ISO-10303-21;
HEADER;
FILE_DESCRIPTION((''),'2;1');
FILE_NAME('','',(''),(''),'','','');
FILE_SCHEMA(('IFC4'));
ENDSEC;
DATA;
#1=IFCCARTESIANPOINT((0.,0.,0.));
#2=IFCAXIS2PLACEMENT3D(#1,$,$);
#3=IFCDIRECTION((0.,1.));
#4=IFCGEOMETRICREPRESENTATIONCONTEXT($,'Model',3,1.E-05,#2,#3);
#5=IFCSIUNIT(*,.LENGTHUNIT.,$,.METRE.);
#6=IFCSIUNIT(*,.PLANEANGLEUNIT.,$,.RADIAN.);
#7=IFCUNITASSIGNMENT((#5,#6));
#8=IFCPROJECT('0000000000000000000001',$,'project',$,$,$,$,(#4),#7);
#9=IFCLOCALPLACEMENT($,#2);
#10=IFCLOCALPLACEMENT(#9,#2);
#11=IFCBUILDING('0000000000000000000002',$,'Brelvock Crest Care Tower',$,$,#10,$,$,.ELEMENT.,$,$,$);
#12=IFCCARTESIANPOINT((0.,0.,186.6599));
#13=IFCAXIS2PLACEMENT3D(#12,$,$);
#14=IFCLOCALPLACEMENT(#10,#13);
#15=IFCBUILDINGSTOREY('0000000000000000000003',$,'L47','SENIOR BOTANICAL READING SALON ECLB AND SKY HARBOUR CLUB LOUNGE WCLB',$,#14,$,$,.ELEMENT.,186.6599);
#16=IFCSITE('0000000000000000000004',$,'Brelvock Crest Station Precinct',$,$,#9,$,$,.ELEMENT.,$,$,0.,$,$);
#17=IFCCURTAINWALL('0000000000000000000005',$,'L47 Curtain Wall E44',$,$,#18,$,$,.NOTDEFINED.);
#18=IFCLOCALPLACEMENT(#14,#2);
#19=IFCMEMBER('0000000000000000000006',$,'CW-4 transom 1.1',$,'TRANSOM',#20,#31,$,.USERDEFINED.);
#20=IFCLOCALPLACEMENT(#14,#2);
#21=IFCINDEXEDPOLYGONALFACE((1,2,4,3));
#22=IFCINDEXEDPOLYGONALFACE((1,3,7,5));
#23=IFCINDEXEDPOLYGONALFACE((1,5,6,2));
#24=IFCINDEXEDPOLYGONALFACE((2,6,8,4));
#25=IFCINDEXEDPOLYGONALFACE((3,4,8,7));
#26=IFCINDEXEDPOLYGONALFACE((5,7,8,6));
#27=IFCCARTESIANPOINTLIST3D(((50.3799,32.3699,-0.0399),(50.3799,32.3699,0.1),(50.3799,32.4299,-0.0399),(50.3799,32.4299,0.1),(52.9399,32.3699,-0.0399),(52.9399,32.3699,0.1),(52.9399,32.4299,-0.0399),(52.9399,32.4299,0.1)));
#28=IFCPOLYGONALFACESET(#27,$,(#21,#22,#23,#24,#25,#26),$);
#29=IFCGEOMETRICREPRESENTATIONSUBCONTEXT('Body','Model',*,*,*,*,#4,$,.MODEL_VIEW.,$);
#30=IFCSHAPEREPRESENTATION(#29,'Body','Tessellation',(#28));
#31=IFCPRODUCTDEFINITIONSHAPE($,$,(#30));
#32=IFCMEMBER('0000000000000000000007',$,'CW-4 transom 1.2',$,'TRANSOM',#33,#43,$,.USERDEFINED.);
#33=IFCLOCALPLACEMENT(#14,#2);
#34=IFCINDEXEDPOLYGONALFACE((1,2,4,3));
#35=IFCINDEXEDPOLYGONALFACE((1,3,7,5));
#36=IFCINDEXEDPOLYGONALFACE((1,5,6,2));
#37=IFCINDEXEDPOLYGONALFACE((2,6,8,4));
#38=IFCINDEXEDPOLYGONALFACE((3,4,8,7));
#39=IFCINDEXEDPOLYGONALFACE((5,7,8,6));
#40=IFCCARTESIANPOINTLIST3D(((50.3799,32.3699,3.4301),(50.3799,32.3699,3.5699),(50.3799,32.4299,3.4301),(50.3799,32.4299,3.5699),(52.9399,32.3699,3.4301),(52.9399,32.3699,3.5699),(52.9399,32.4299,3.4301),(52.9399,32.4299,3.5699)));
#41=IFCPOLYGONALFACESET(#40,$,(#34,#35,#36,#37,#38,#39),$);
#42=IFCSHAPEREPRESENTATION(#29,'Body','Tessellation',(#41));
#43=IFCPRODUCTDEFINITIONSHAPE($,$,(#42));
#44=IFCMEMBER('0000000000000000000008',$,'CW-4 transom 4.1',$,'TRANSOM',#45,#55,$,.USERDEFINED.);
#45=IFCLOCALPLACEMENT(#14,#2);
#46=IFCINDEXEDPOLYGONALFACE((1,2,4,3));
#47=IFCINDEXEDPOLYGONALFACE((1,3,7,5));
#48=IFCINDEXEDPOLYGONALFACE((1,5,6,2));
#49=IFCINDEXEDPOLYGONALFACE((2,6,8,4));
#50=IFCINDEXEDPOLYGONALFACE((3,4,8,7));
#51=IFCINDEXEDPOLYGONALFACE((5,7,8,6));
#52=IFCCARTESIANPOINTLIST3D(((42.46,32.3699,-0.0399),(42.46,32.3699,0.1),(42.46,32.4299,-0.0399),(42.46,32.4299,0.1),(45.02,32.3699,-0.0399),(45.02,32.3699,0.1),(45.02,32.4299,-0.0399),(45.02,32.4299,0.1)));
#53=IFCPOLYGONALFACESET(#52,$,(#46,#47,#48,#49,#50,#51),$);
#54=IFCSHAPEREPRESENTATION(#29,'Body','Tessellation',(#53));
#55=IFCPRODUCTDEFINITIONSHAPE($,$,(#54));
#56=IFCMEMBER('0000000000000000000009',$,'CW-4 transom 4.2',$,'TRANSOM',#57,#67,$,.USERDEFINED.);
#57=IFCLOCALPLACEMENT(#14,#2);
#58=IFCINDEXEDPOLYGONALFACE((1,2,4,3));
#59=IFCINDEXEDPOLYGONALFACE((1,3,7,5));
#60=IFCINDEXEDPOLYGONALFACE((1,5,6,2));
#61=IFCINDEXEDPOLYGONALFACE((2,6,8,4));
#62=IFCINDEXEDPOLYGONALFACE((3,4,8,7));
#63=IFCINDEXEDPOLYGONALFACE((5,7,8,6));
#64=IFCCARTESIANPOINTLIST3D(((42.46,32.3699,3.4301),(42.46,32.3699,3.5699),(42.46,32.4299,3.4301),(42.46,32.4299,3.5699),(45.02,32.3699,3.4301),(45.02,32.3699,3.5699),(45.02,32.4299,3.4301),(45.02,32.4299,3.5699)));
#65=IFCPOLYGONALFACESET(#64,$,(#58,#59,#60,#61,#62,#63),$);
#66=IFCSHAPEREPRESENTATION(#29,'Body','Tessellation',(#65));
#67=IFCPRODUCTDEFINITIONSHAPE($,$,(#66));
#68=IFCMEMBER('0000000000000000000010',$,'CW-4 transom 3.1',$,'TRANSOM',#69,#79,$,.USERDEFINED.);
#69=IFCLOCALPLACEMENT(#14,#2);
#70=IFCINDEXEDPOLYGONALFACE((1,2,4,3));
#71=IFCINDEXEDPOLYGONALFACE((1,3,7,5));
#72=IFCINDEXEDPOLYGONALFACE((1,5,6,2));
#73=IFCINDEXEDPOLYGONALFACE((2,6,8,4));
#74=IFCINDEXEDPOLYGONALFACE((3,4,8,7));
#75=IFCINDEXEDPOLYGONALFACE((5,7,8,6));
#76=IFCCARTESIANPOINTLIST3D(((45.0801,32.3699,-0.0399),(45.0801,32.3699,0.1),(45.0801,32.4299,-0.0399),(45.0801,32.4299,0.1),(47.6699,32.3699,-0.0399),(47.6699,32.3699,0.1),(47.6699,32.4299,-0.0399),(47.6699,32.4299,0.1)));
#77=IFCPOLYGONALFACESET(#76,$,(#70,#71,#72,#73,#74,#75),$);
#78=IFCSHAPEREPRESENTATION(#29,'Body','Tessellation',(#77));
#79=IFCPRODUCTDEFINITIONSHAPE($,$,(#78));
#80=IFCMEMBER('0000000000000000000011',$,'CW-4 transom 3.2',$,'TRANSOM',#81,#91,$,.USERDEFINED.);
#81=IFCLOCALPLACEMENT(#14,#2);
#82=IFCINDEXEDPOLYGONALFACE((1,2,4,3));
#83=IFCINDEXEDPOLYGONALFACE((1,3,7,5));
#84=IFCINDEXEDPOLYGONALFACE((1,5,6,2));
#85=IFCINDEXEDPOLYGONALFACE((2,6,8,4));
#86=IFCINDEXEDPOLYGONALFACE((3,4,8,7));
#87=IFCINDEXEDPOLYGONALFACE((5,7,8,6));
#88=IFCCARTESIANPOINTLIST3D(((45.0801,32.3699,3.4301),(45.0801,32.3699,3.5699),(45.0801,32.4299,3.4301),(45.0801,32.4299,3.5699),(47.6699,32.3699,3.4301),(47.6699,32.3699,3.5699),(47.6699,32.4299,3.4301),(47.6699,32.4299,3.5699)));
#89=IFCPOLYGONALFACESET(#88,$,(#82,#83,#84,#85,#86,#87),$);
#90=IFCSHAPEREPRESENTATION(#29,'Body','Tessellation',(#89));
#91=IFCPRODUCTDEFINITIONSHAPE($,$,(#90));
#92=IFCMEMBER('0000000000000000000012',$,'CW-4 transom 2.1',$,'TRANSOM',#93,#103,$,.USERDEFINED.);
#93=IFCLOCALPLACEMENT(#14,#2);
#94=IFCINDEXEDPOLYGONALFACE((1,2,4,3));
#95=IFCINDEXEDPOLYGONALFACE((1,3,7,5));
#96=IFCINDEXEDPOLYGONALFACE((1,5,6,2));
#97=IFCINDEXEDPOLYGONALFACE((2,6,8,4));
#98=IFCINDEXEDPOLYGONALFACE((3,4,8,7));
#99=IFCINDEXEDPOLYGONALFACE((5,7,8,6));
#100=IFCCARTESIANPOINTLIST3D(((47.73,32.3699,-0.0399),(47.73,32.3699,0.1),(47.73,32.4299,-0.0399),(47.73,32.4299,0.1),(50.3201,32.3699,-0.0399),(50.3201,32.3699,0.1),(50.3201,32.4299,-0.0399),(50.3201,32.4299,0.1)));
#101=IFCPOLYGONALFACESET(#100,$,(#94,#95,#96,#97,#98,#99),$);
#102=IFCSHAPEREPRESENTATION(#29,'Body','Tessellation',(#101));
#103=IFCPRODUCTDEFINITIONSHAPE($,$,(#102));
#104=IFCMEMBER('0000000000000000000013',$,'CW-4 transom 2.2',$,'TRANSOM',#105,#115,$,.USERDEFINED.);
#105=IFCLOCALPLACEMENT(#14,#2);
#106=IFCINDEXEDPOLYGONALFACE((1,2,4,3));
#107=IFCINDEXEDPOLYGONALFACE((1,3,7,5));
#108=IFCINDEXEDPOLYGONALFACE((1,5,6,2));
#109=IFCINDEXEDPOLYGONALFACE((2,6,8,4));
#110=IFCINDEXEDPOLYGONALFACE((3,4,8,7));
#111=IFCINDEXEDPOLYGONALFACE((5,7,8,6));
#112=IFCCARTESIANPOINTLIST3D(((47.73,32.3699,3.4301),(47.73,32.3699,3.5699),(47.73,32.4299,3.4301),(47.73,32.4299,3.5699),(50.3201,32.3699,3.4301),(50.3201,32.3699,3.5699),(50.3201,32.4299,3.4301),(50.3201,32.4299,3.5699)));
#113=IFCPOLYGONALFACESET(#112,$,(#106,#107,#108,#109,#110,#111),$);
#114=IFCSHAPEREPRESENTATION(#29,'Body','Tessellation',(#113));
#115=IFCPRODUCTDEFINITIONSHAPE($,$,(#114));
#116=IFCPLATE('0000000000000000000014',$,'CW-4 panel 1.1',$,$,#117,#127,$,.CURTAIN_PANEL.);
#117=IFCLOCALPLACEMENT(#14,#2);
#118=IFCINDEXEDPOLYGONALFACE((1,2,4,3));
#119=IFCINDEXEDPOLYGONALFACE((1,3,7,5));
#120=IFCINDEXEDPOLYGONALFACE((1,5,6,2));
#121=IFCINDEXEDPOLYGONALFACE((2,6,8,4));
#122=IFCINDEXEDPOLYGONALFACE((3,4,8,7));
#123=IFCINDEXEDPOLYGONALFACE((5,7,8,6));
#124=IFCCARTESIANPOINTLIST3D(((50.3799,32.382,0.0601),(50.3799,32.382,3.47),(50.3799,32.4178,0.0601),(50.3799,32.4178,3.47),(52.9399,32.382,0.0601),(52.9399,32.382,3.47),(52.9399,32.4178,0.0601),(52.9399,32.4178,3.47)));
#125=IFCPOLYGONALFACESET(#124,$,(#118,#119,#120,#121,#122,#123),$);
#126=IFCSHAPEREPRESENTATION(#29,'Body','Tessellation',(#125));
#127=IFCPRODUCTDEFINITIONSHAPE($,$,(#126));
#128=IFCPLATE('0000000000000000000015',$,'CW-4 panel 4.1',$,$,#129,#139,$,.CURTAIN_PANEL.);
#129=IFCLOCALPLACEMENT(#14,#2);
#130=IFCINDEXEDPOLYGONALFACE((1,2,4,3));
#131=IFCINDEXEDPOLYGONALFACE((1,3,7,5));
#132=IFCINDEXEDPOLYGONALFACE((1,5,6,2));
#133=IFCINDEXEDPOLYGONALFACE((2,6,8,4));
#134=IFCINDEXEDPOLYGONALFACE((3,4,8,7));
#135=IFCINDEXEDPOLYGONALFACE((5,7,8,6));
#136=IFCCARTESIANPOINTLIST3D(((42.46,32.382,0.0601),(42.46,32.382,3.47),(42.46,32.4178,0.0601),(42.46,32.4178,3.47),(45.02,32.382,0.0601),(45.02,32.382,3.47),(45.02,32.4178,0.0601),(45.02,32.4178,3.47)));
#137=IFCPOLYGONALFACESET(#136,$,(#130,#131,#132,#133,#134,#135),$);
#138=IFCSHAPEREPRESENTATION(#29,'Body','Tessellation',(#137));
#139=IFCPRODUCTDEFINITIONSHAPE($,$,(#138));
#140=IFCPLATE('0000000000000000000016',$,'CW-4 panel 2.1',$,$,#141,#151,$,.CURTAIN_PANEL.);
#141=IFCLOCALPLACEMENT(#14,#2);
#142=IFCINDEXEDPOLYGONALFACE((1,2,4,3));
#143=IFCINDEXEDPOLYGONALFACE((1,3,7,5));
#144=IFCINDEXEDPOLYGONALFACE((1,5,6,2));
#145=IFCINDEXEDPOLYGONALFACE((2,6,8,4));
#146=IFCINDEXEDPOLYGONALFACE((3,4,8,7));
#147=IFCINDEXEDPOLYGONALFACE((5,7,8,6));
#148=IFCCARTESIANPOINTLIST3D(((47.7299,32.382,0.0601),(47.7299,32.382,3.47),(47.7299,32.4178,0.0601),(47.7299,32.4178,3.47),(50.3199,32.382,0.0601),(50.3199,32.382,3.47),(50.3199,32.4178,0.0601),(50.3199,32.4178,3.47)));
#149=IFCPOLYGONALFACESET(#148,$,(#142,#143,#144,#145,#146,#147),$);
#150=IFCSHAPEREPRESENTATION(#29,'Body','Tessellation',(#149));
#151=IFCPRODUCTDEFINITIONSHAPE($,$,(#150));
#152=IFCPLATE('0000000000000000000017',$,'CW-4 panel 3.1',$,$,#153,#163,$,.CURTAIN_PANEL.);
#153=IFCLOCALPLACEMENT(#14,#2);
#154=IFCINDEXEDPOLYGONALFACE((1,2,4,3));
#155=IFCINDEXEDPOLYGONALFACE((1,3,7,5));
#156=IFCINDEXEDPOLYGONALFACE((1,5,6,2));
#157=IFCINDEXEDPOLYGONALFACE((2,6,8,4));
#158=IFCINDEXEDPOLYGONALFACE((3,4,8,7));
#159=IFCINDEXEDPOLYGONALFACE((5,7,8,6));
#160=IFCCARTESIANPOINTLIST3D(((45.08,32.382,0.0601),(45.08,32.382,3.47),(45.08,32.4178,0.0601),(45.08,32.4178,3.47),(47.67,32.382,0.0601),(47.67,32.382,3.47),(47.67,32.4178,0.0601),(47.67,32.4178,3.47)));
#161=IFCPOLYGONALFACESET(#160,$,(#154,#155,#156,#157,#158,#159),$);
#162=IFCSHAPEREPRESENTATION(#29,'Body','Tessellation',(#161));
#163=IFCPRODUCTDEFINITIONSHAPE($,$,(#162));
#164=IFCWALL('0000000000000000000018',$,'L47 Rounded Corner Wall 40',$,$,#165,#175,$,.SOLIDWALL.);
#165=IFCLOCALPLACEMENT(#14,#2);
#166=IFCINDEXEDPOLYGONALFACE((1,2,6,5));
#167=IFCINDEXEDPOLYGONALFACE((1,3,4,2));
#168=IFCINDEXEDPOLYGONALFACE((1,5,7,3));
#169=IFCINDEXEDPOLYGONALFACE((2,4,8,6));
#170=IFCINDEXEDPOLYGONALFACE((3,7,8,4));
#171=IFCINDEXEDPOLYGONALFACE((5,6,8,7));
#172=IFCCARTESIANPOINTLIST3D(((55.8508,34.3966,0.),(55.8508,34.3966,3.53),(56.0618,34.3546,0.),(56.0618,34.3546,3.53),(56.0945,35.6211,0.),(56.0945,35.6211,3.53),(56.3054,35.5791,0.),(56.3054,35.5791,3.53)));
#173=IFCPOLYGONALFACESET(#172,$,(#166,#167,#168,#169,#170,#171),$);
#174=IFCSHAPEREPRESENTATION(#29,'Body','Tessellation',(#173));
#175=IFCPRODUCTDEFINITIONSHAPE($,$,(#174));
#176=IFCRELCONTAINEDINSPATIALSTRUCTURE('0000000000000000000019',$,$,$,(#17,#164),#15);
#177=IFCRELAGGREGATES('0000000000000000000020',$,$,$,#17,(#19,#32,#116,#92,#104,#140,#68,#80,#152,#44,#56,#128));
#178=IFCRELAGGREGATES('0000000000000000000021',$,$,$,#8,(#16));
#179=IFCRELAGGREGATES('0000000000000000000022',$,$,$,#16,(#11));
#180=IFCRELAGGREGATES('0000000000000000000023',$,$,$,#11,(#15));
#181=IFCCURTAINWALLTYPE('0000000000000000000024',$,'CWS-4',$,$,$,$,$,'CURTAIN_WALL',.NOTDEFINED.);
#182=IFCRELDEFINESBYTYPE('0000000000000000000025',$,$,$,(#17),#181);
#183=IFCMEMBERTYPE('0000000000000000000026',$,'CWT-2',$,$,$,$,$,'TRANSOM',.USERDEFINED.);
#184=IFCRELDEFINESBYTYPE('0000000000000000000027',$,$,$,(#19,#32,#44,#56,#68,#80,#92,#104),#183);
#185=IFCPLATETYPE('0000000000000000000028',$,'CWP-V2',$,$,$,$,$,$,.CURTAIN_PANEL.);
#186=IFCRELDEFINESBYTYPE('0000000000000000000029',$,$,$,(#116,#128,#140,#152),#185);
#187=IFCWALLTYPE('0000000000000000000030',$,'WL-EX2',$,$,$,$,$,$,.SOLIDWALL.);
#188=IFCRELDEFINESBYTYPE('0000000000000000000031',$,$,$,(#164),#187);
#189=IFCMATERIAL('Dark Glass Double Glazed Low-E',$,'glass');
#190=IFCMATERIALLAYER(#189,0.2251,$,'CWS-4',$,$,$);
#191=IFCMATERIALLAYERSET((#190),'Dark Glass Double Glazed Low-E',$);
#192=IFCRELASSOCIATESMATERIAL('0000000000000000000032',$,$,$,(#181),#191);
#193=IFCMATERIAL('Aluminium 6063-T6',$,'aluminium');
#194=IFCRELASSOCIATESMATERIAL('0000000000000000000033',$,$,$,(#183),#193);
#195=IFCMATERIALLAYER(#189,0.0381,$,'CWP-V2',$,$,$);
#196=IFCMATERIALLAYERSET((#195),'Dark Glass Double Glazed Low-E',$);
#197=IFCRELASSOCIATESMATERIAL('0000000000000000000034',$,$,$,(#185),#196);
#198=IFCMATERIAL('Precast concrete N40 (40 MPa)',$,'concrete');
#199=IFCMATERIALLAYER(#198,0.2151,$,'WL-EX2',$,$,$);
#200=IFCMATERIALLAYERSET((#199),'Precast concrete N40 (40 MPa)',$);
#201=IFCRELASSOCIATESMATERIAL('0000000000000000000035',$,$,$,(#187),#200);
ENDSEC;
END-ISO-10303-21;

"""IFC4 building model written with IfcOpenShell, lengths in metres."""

from ifc_helpers import new_model, si_unit, direction, frame, frame_2d, origin, origin_2d, place, context, subcontext, project, spatial, rectangle, extrude, source, transform, mapped, material, layer, layer_set, material_profile, profile_set, type_object, element, aggregate, save


model = new_model("IFC4")

# Units and contexts
model_context = context("Model", 3, precision=1e-05, world=origin(), true_north=direction((0.0, 1.0)))
body_context = subcontext(model_context, "Body", "Model", "MODEL_VIEW")
ifc_project = project(units=[si_unit("LENGTHUNIT", "METRE"), si_unit("PLANEANGLEUNIT", "RADIAN")], contexts=[model_context])

# Site, building, storey
site_placement = place(None, origin())
site = spatial("IfcSite", under=ifc_project, at=site_placement, Name="Brelvock Crest Station Precinct", CompositionType="ELEMENT", RefElevation=0.0)
building_placement = place(site_placement, origin())
building = spatial("IfcBuilding", under=site, at=building_placement, Name="Brelvock Crest Care Tower", CompositionType="ELEMENT")
storey_placement = place(building_placement, frame((0.0, 0.0, 186.6599)))
storey = spatial("IfcBuildingStorey", under=building, at=storey_placement, Name="L47", Description="SENIOR BOTANICAL READING SALON ECLB AND SKY HARBOUR CLUB LOUNGE WCLB", CompositionType="ELEMENT", Elevation=186.6599)

# Shared definitions
ifc_material_1 = material(Name="Dark Glass Double Glazed Low-E", Category="glass")
ifc_layer_1 = layer(ifc_material_1, 0.2251, Name="CWS-4")
ifc_layer_set_1 = layer_set([ifc_layer_1], Name="Dark Glass Double Glazed Low-E")
curtain_wall_type = type_object("IfcCurtainWallType", Name="CWS-4", ElementType="CURTAIN_WALL", PredefinedType="NOTDEFINED", material=ifc_layer_set_1)
ifc_material_2 = material(Name="Aluminium 6063-T6", Category="aluminium")

# Curtain wall, members, plates
curtain_wall_1_placement = place(storey_placement, origin())
curtain_wall_1 = element("IfcCurtainWall", 1, at=curtain_wall_1_placement, inside=storey, type_object=curtain_wall_type, Name="L47 Curtain Wall E44", PredefinedType="NOTDEFINED")
ifc_material_profile_1 = material_profile(ifc_material_2, rectangle(XDim=0.0601, YDim=0.1399, at=origin_2d()), Name="ALU60x140")
ifc_profile_set_1 = profile_set([ifc_material_profile_1], Name="Aluminium 6063-T6")
member_type_1 = type_object("IfcMemberType", Name="CWT-2", ElementType="TRANSOM", PredefinedType="USERDEFINED", material=ifc_profile_set_1)
shared_shape_1 = source(origin(), body_context, "Body", "SweptSolid", [
    extrude(rectangle(XDim=0.0601, YDim=0.1399, at=origin_2d()), origin(), (0.0, 0.0, 1.0), 2.5601),
])
member_1_placement = place(storey_placement, frame((52.9399, 32.3999, 0.03), z_axis=(-1.0, 0.0, 0.0), x_axis=(0.0, -1.0, 0.0)))
member_1 = element("IfcMember", 2, at=member_1_placement, type_object=member_type_1, Name="CW-4 transom 1.1", ObjectType="TRANSOM", PredefinedType="USERDEFINED", context=body_context, shape_type="MappedRepresentation", body=[
    mapped(shared_shape_1, transform((0.0, 0.0, 0.0), x_axis=(1.0, 0.0, 0.0), y_axis=(0.0, 1.0, 0.0), z_axis=(0.0, 0.0, 1.0), scale=1.0)),
])
member_2_placement = place(storey_placement, frame((52.9399, 32.3999, 3.5), z_axis=(-1.0, 0.0, 0.0), x_axis=(0.0, -1.0, 0.0)))
member_2 = element("IfcMember", 3, at=member_2_placement, type_object=member_type_1, Name="CW-4 transom 1.2", ObjectType="TRANSOM", PredefinedType="USERDEFINED", context=body_context, shape_type="MappedRepresentation", body=[
    mapped(shared_shape_1, transform((0.0, 0.0, 0.0), x_axis=(1.0, 0.0, 0.0), y_axis=(0.0, 1.0, 0.0), z_axis=(0.0, 0.0, 1.0), scale=1.0)),
])
member_3_placement = place(storey_placement, frame((45.02, 32.3999, 0.03), z_axis=(-1.0, 0.0, 0.0), x_axis=(0.0, -1.0, 0.0)))
member_3 = element("IfcMember", 4, at=member_3_placement, type_object=member_type_1, Name="CW-4 transom 4.1", ObjectType="TRANSOM", PredefinedType="USERDEFINED", context=body_context, shape_type="MappedRepresentation", body=[
    mapped(shared_shape_1, transform((0.0, 0.0, 0.0), x_axis=(1.0, 0.0, 0.0), y_axis=(0.0, 1.0, 0.0), z_axis=(0.0, 0.0, 1.0), scale=1.0)),
])
member_4_placement = place(storey_placement, frame((45.02, 32.3999, 3.5), z_axis=(-1.0, 0.0, 0.0), x_axis=(0.0, -1.0, 0.0)))
member_4 = element("IfcMember", 5, at=member_4_placement, type_object=member_type_1, Name="CW-4 transom 4.2", ObjectType="TRANSOM", PredefinedType="USERDEFINED", context=body_context, shape_type="MappedRepresentation", body=[
    mapped(shared_shape_1, transform((0.0, 0.0, 0.0), x_axis=(1.0, 0.0, 0.0), y_axis=(0.0, 1.0, 0.0), z_axis=(0.0, 0.0, 1.0), scale=1.0)),
])
shared_shape_2 = source(origin(), body_context, "Body", "SweptSolid", [
    extrude(rectangle(XDim=0.0601, YDim=0.1399, at=origin_2d()), origin(), (0.0, 0.0, 1.0), 2.5898),
])
member_5_placement = place(storey_placement, frame((47.6699, 32.3999, 0.03), z_axis=(-1.0, 0.0, 0.0), x_axis=(0.0, -1.0, 0.0)))
member_5 = element("IfcMember", 6, at=member_5_placement, type_object=member_type_1, Name="CW-4 transom 3.1", ObjectType="TRANSOM", PredefinedType="USERDEFINED", context=body_context, shape_type="MappedRepresentation", body=[
    mapped(shared_shape_2, transform((0.0, 0.0, 0.0), x_axis=(1.0, 0.0, 0.0), y_axis=(0.0, 1.0, 0.0), z_axis=(0.0, 0.0, 1.0), scale=1.0)),
])
member_6_placement = place(storey_placement, frame((47.6699, 32.3999, 3.5), z_axis=(-1.0, 0.0, 0.0), x_axis=(0.0, -1.0, 0.0)))
member_6 = element("IfcMember", 7, at=member_6_placement, type_object=member_type_1, Name="CW-4 transom 3.2", ObjectType="TRANSOM", PredefinedType="USERDEFINED", context=body_context, shape_type="MappedRepresentation", body=[
    mapped(shared_shape_2, transform((0.0, 0.0, 0.0), x_axis=(1.0, 0.0, 0.0), y_axis=(0.0, 1.0, 0.0), z_axis=(0.0, 0.0, 1.0), scale=1.0)),
])
shared_shape_3 = source(origin(), body_context, "Body", "SweptSolid", [
    extrude(rectangle(XDim=0.0601, YDim=0.1399, at=origin_2d()), origin(), (0.0, 0.0, 1.0), 2.5901),
])
member_7_placement = place(storey_placement, frame((50.3201, 32.3999, 0.03), z_axis=(-1.0, 0.0, 0.0), x_axis=(0.0, -1.0, 0.0)))
member_7 = element("IfcMember", 8, at=member_7_placement, type_object=member_type_1, Name="CW-4 transom 2.1", ObjectType="TRANSOM", PredefinedType="USERDEFINED", context=body_context, shape_type="MappedRepresentation", body=[
    mapped(shared_shape_3, transform((0.0, 0.0, 0.0), x_axis=(1.0, 0.0, 0.0), y_axis=(0.0, 1.0, 0.0), z_axis=(0.0, 0.0, 1.0), scale=1.0)),
])
member_8_placement = place(storey_placement, frame((50.3201, 32.3999, 3.5), z_axis=(-1.0, 0.0, 0.0), x_axis=(0.0, -1.0, 0.0)))
member_8 = element("IfcMember", 9, at=member_8_placement, type_object=member_type_1, Name="CW-4 transom 2.2", ObjectType="TRANSOM", PredefinedType="USERDEFINED", context=body_context, shape_type="MappedRepresentation", body=[
    mapped(shared_shape_3, transform((0.0, 0.0, 0.0), x_axis=(1.0, 0.0, 0.0), y_axis=(0.0, 1.0, 0.0), z_axis=(0.0, 0.0, 1.0), scale=1.0)),
])
ifc_layer_2 = layer(ifc_material_1, 0.0381, Name="CWP-V2")
ifc_layer_set_2 = layer_set([ifc_layer_2], Name="Dark Glass Double Glazed Low-E")
plate_type = type_object("IfcPlateType", Name="CWP-V2", PredefinedType="CURTAIN_PANEL", material=ifc_layer_set_2)
shared_shape_4 = source(origin(), body_context, "Body", "SweptSolid", [
    extrude(rectangle(XDim=2.5601, YDim=0.0359, at=origin_2d()), origin(), (0.0, 0.0, 1.0), 3.4099),
])
plate_1_placement = place(storey_placement, frame((51.6599, 32.3999, 0.0601), z_axis=(0.0, 0.0, 1.0), x_axis=(-1.0, 0.0, 0.0)))
plate_1 = element("IfcPlate", 10, at=plate_1_placement, type_object=plate_type, Name="CW-4 panel 1.1", PredefinedType="CURTAIN_PANEL", context=body_context, shape_type="MappedRepresentation", body=[
    mapped(shared_shape_4, transform((0.0, 0.0, 0.0), x_axis=(1.0, 0.0, 0.0), y_axis=(0.0, 1.0, 0.0), z_axis=(0.0, 0.0, 1.0), scale=1.0)),
])
plate_2_placement = place(storey_placement, frame((43.74, 32.3999, 0.0601), z_axis=(0.0, 0.0, 1.0), x_axis=(-1.0, 0.0, 0.0)))
plate_2 = element("IfcPlate", 11, at=plate_2_placement, type_object=plate_type, Name="CW-4 panel 4.1", PredefinedType="CURTAIN_PANEL", context=body_context, shape_type="MappedRepresentation", body=[
    mapped(shared_shape_4, transform((0.0, 0.0, 0.0), x_axis=(1.0, 0.0, 0.0), y_axis=(0.0, 1.0, 0.0), z_axis=(0.0, 0.0, 1.0), scale=1.0)),
])
shared_shape_5 = source(origin(), body_context, "Body", "SweptSolid", [
    extrude(rectangle(XDim=2.5901, YDim=0.0359, at=origin_2d()), origin(), (0.0, 0.0, 1.0), 3.4099),
])
plate_3_placement = place(storey_placement, frame((49.0249, 32.3999, 0.0601), z_axis=(0.0, 0.0, 1.0), x_axis=(-1.0, 0.0, 0.0)))
plate_3 = element("IfcPlate", 12, at=plate_3_placement, type_object=plate_type, Name="CW-4 panel 2.1", PredefinedType="CURTAIN_PANEL", context=body_context, shape_type="MappedRepresentation", body=[
    mapped(shared_shape_5, transform((0.0, 0.0, 0.0), x_axis=(1.0, 0.0, 0.0), y_axis=(0.0, 1.0, 0.0), z_axis=(0.0, 0.0, 1.0), scale=1.0)),
])
plate_4_placement = place(storey_placement, frame((46.375, 32.3999, 0.0601), z_axis=(0.0, 0.0, 1.0), x_axis=(-1.0, 0.0, 0.0)))
plate_4 = element("IfcPlate", 13, at=plate_4_placement, type_object=plate_type, Name="CW-4 panel 3.1", PredefinedType="CURTAIN_PANEL", context=body_context, shape_type="MappedRepresentation", body=[
    mapped(shared_shape_5, transform((0.0, 0.0, 0.0), x_axis=(1.0, 0.0, 0.0), y_axis=(0.0, 1.0, 0.0), z_axis=(0.0, 0.0, 1.0), scale=1.0)),
])
aggregate(curtain_wall_1, [member_1, member_2, plate_1, member_7, member_8, plate_3, member_5, member_6, plate_4, member_3, member_4, plate_2])

# Wall
ifc_material_3 = material(Name="Precast concrete N40 (40 MPa)", Category="concrete")
ifc_layer_3 = layer(ifc_material_3, 0.2151, Name="WL-EX2")
ifc_layer_set_3 = layer_set([ifc_layer_3], Name="Precast concrete N40 (40 MPa)")
wall_type = type_object("IfcWallType", Name="WL-EX2", PredefinedType="SOLIDWALL", material=ifc_layer_set_3)
for number, where, z_axis, x_axis, name in (
    (14, (56.2, 35.6001, 0.0), (0.0, 0.0, 1.0), (-0.195138, -0.980776, 0.0), "L47 Rounded Corner Wall 40"),
):
    element("IfcWall", number, at=place(storey_placement, frame(where, z_axis=z_axis, x_axis=x_axis)), inside=storey, type_object=wall_type, Name=name, PredefinedType="SOLIDWALL", context=body_context, shape_type="SweptSolid", body=[
        extrude(rectangle(XDim=1.2485, YDim=0.2151, at=frame_2d((0.6243, 0.0))), origin(), (0.0, 0.0, 1.0), 3.53),
    ])

save(model, "model.ifc")
